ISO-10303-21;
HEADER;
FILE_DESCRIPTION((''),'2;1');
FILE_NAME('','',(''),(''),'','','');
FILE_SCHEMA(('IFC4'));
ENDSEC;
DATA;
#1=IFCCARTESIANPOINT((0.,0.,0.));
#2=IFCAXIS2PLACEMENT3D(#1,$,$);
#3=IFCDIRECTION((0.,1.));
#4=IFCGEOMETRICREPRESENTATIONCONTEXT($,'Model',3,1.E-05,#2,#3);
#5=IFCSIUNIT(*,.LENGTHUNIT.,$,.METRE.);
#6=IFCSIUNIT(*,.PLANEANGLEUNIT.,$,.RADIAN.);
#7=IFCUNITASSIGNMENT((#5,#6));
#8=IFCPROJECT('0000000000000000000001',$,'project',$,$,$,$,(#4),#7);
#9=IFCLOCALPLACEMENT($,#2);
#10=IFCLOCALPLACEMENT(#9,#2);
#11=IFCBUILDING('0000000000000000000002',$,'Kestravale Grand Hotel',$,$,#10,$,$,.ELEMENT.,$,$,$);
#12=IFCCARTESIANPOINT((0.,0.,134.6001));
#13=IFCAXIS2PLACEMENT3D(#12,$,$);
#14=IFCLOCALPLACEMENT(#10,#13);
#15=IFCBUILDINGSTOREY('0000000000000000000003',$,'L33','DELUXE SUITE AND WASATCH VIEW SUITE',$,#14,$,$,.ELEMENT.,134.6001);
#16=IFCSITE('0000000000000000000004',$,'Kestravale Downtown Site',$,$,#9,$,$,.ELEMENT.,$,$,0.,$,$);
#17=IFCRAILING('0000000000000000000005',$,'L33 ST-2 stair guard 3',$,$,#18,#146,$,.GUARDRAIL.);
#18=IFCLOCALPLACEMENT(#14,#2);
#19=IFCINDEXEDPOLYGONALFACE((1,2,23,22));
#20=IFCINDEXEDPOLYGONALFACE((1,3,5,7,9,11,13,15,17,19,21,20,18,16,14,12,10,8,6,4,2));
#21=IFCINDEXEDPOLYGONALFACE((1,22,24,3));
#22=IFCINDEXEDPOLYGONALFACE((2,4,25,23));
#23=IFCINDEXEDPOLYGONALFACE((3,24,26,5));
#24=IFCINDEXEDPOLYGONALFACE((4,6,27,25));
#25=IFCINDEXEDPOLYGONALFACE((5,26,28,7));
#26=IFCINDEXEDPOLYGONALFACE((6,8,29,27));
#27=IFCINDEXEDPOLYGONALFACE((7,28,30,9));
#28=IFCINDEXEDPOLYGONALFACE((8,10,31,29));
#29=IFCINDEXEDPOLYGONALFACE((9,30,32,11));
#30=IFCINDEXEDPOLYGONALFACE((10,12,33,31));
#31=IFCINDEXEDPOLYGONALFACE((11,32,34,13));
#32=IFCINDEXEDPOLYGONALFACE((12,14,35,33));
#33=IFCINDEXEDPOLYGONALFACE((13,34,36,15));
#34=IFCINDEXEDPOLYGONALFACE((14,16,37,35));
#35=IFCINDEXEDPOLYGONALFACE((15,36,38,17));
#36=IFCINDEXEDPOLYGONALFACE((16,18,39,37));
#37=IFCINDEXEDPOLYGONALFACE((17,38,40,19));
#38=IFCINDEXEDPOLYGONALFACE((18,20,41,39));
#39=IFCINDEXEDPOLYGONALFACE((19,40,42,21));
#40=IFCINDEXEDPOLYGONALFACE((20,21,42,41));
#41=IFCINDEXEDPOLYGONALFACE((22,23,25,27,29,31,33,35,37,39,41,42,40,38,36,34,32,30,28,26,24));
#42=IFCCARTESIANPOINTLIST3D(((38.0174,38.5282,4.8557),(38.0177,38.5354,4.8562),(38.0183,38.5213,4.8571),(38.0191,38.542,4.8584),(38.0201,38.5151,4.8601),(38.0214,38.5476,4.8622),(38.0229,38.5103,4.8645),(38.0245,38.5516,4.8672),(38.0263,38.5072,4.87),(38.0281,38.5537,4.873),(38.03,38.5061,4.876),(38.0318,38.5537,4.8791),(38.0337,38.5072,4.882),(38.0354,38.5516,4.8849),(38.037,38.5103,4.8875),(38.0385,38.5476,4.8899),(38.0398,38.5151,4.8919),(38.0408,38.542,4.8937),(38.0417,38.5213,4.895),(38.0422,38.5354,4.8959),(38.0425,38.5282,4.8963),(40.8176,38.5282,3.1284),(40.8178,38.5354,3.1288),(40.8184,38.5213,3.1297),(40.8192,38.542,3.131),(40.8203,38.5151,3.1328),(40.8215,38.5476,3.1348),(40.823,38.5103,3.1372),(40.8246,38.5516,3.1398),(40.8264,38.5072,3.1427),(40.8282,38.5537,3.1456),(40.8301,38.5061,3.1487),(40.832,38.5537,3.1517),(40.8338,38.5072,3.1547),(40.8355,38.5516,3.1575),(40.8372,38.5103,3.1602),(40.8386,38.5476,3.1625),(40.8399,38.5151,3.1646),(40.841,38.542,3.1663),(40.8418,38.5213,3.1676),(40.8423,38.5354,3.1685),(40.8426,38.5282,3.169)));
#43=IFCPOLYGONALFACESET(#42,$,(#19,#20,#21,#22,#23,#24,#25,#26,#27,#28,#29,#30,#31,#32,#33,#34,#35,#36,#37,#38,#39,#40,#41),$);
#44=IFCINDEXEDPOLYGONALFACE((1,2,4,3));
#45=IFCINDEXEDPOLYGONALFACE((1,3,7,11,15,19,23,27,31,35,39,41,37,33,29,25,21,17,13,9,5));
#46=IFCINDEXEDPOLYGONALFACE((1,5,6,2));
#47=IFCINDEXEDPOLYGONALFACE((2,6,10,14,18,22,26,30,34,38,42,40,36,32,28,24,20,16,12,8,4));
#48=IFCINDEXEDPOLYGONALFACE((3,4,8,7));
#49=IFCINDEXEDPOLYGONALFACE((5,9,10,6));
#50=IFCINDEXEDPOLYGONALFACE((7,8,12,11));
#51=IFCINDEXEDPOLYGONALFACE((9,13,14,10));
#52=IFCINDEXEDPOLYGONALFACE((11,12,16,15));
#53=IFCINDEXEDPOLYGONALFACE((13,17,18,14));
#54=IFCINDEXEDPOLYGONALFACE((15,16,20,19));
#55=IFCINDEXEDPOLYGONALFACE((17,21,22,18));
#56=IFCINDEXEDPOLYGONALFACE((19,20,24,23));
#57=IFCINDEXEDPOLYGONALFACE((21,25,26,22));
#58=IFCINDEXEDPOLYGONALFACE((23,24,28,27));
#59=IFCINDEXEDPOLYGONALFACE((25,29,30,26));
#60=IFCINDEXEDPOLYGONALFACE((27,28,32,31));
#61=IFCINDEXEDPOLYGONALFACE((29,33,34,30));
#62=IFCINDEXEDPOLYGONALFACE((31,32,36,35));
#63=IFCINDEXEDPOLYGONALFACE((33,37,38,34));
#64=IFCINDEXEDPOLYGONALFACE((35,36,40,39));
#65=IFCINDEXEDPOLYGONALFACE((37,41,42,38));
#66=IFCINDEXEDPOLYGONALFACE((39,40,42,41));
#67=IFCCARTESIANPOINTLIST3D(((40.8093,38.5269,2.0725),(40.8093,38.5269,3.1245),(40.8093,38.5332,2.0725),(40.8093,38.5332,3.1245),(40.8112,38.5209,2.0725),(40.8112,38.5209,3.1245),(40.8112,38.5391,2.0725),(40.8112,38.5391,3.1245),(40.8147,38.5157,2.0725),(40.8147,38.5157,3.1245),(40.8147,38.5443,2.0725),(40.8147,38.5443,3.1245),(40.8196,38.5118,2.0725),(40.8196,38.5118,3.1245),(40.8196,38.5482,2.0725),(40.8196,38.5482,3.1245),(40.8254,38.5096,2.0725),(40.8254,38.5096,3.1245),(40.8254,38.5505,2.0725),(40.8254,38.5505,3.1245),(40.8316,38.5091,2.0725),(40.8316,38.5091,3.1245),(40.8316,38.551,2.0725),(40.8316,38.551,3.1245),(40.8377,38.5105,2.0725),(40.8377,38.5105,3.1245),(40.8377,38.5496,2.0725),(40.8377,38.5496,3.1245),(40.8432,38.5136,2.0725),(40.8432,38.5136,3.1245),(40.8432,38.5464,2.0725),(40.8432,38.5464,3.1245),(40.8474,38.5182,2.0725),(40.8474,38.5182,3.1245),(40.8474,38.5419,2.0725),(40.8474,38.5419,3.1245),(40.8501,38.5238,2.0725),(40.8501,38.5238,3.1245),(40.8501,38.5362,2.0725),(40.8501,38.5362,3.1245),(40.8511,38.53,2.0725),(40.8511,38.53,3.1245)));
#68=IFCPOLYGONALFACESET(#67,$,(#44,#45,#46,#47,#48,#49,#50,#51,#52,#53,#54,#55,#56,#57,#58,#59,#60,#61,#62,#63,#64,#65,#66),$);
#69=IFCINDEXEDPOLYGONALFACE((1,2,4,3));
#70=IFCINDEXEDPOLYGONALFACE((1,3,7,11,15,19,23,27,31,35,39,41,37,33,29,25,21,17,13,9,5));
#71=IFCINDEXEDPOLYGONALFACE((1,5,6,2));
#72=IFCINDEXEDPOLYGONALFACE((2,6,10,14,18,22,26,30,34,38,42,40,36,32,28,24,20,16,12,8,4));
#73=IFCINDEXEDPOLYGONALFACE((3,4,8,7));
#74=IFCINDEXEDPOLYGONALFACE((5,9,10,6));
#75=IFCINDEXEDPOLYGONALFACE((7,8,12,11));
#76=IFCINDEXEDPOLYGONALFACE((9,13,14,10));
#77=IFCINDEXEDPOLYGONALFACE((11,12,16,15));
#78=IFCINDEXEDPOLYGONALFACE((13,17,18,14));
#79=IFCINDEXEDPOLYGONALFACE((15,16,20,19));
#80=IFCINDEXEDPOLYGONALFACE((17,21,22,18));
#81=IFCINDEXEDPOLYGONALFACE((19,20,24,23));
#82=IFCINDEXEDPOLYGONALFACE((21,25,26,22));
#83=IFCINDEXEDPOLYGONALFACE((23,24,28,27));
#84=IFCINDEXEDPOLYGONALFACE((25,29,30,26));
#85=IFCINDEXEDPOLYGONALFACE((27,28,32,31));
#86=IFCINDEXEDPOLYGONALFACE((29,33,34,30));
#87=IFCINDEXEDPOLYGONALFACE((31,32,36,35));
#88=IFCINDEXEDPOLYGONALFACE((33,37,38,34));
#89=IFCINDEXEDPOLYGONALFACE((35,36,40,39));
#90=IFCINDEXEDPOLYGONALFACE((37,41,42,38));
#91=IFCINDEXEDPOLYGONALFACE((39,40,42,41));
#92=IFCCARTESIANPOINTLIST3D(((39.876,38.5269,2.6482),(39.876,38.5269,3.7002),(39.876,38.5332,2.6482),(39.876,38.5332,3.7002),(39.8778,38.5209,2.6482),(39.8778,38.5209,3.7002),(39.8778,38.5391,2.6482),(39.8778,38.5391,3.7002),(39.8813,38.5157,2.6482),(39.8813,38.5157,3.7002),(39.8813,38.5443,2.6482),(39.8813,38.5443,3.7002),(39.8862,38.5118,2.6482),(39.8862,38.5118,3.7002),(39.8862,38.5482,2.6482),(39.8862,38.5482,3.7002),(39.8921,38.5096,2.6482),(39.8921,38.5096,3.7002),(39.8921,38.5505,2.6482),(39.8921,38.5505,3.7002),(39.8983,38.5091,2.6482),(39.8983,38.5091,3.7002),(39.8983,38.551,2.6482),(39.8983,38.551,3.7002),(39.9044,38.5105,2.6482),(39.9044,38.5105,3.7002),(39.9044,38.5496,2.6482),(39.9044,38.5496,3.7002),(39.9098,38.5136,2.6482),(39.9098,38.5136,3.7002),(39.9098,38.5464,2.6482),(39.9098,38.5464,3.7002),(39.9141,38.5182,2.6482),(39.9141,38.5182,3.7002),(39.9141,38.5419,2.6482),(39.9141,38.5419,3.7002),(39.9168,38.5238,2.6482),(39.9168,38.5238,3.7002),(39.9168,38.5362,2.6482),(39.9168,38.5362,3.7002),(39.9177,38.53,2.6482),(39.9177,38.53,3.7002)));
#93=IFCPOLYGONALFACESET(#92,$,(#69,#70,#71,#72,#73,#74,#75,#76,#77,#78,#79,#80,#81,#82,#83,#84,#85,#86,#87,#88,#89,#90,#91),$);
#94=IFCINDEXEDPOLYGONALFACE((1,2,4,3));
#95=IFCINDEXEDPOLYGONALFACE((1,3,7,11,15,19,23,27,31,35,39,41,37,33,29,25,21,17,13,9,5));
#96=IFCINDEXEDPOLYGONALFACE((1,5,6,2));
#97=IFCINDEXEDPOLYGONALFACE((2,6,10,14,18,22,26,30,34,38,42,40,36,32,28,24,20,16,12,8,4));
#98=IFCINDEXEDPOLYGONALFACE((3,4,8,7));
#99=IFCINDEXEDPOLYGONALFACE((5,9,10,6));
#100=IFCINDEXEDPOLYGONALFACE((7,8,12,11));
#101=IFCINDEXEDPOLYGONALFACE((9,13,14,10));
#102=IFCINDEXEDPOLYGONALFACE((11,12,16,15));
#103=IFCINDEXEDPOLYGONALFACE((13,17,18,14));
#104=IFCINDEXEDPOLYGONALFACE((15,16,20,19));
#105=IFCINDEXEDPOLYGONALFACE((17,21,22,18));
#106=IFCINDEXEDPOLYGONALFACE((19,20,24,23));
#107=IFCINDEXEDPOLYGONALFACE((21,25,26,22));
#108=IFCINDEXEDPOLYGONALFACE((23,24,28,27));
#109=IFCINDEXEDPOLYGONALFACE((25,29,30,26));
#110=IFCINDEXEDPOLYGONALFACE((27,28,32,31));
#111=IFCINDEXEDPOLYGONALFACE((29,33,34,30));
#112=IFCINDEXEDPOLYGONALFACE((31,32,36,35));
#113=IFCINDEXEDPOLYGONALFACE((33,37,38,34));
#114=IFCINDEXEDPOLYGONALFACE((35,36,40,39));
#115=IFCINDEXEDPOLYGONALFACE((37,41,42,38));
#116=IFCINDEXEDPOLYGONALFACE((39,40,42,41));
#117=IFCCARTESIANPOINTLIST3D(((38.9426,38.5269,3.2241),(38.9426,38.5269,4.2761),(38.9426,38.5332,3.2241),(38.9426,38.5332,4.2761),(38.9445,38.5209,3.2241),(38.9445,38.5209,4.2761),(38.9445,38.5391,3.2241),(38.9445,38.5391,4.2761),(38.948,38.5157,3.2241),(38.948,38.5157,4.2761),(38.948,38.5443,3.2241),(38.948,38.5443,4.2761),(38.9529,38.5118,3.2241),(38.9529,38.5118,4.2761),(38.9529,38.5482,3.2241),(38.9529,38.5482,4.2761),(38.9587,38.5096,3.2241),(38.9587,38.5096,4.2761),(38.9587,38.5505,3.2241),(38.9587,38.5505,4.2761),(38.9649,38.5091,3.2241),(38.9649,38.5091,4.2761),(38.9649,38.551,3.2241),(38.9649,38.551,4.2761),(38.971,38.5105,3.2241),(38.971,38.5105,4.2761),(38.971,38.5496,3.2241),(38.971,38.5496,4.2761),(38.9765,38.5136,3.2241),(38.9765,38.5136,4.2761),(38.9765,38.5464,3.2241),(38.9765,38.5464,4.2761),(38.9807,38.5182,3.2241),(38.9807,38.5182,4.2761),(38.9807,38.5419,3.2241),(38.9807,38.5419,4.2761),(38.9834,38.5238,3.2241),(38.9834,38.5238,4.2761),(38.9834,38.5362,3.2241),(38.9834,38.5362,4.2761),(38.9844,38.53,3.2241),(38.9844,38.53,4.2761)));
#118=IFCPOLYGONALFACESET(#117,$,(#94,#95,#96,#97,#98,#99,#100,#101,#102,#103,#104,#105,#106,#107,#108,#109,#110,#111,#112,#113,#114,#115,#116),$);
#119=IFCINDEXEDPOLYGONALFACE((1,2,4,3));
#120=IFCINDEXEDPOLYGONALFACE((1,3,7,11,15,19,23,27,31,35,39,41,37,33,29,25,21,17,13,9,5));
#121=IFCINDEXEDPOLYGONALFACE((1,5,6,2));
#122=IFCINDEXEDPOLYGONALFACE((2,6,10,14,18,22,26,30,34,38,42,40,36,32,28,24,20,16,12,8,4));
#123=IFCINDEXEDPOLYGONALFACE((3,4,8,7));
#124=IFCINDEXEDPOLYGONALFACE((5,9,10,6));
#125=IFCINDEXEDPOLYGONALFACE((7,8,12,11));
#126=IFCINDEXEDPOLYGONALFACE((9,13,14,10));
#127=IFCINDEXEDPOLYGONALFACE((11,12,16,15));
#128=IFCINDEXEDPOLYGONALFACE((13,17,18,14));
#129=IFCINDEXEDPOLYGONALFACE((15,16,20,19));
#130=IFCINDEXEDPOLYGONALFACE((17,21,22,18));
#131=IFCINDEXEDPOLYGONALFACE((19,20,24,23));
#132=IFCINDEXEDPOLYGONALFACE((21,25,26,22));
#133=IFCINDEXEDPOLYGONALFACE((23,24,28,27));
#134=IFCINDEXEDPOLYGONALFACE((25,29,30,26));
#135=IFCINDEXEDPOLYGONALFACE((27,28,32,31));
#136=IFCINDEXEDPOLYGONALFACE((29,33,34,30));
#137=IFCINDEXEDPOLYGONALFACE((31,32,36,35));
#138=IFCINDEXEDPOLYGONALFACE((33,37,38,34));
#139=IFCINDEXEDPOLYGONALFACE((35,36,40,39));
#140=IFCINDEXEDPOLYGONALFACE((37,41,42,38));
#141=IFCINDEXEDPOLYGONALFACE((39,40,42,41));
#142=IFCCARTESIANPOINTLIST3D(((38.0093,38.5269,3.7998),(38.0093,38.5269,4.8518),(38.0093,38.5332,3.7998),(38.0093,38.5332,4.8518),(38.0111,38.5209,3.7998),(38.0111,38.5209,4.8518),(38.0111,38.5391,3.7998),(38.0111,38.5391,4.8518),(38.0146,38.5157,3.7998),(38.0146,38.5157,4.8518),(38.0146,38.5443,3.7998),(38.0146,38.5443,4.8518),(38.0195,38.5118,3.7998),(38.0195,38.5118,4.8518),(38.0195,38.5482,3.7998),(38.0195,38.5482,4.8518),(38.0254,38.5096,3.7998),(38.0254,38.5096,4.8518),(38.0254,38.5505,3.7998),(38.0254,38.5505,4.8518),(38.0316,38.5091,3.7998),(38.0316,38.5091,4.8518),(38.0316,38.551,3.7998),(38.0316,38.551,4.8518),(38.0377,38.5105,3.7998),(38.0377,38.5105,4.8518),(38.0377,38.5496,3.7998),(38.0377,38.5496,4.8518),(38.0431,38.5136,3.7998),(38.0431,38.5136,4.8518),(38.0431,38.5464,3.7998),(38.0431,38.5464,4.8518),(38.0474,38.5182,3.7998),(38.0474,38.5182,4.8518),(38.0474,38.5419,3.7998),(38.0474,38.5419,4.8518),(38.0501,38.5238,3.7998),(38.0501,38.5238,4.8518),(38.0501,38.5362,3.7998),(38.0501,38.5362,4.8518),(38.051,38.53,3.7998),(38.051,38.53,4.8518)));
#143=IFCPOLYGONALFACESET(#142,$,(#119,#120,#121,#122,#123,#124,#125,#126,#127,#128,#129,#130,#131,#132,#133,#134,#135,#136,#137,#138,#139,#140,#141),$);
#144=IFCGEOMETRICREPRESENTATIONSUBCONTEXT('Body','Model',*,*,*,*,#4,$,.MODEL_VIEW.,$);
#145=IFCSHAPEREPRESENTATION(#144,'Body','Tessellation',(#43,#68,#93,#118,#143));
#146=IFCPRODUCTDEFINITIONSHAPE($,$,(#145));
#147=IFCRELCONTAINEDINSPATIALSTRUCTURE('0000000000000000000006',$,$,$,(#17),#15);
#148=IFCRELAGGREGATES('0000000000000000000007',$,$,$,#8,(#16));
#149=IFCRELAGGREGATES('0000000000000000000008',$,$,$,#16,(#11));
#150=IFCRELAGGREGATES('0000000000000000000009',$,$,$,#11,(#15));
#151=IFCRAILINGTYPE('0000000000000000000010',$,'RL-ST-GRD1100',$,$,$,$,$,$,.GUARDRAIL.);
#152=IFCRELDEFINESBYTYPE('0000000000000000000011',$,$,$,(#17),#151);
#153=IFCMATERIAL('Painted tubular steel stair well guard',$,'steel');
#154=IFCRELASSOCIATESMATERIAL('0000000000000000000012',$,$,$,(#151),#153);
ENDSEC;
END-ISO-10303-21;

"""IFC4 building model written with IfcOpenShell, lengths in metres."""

from ifc_helpers import new_model, si_unit, direction, frame, origin, origin_2d, place, context, subcontext, project, spatial, circle, extrude, material, type_object, element, save


model = new_model("IFC4")

# Units and contexts
model_context = context("Model", 3, precision=1e-05, world=origin(), true_north=direction((0.0, 1.0)))
body_context = subcontext(model_context, "Body", "Model", "MODEL_VIEW")
ifc_project = project(units=[si_unit("LENGTHUNIT", "METRE"), si_unit("PLANEANGLEUNIT", "RADIAN")], contexts=[model_context])

# Site, building, storey
site_placement = place(None, origin())
site = spatial("IfcSite", under=ifc_project, at=site_placement, Name="Kestravale Downtown Site", CompositionType="ELEMENT", RefElevation=0.0)
building_placement = place(site_placement, origin())
building = spatial("IfcBuilding", under=site, at=building_placement, Name="Kestravale Grand Hotel", CompositionType="ELEMENT")
storey_placement = place(building_placement, frame((0.0, 0.0, 134.6001)))
storey = spatial("IfcBuildingStorey", under=building, at=storey_placement, Name="L33", Description="DELUXE SUITE AND WASATCH VIEW SUITE", CompositionType="ELEMENT", Elevation=134.6001)

# Railing
ifc_material_1 = material(Name="Painted tubular steel stair well guard", Category="steel")
railing_type_1 = type_object("IfcRailingType", Name="RL-ST-GRD1100", PredefinedType="GUARDRAIL", material=ifc_material_1)
railing_1_placement = place(storey_placement, frame((40.8301, 38.53, 2.0725)))
element("IfcRailing", 1, at=railing_1_placement, inside=storey, type_object=railing_type_1, Name="L33 ST-2 stair guard 3", PredefinedType="GUARDRAIL", context=body_context, shape_type="SweptSolid", body=[
    extrude(circle(Radius=0.0239, at=origin_2d()), frame((0.0, 0.0, 1.0762), z_axis=(-0.85109, 0.0, 0.52502), x_axis=(0.0, -1.0, 0.0)), (0.0, 0.0, 1.0), 3.29),
    extrude(circle(Radius=0.021, at=origin_2d()), origin(), (0.0, 0.0, 1.0), 1.052),
    extrude(circle(Radius=0.021, at=origin_2d()), frame((-0.9333, 0.0, 0.5757)), (0.0, 0.0, 1.0), 1.052),
    extrude(circle(Radius=0.021, at=origin_2d()), frame((-1.8667, 0.0, 1.1516)), (0.0, 0.0, 1.0), 1.052),
    extrude(circle(Radius=0.021, at=origin_2d()), frame((-2.8, 0.0, 1.7273)), (0.0, 0.0, 1.0), 1.052),
])

save(model, "model.ifc")
